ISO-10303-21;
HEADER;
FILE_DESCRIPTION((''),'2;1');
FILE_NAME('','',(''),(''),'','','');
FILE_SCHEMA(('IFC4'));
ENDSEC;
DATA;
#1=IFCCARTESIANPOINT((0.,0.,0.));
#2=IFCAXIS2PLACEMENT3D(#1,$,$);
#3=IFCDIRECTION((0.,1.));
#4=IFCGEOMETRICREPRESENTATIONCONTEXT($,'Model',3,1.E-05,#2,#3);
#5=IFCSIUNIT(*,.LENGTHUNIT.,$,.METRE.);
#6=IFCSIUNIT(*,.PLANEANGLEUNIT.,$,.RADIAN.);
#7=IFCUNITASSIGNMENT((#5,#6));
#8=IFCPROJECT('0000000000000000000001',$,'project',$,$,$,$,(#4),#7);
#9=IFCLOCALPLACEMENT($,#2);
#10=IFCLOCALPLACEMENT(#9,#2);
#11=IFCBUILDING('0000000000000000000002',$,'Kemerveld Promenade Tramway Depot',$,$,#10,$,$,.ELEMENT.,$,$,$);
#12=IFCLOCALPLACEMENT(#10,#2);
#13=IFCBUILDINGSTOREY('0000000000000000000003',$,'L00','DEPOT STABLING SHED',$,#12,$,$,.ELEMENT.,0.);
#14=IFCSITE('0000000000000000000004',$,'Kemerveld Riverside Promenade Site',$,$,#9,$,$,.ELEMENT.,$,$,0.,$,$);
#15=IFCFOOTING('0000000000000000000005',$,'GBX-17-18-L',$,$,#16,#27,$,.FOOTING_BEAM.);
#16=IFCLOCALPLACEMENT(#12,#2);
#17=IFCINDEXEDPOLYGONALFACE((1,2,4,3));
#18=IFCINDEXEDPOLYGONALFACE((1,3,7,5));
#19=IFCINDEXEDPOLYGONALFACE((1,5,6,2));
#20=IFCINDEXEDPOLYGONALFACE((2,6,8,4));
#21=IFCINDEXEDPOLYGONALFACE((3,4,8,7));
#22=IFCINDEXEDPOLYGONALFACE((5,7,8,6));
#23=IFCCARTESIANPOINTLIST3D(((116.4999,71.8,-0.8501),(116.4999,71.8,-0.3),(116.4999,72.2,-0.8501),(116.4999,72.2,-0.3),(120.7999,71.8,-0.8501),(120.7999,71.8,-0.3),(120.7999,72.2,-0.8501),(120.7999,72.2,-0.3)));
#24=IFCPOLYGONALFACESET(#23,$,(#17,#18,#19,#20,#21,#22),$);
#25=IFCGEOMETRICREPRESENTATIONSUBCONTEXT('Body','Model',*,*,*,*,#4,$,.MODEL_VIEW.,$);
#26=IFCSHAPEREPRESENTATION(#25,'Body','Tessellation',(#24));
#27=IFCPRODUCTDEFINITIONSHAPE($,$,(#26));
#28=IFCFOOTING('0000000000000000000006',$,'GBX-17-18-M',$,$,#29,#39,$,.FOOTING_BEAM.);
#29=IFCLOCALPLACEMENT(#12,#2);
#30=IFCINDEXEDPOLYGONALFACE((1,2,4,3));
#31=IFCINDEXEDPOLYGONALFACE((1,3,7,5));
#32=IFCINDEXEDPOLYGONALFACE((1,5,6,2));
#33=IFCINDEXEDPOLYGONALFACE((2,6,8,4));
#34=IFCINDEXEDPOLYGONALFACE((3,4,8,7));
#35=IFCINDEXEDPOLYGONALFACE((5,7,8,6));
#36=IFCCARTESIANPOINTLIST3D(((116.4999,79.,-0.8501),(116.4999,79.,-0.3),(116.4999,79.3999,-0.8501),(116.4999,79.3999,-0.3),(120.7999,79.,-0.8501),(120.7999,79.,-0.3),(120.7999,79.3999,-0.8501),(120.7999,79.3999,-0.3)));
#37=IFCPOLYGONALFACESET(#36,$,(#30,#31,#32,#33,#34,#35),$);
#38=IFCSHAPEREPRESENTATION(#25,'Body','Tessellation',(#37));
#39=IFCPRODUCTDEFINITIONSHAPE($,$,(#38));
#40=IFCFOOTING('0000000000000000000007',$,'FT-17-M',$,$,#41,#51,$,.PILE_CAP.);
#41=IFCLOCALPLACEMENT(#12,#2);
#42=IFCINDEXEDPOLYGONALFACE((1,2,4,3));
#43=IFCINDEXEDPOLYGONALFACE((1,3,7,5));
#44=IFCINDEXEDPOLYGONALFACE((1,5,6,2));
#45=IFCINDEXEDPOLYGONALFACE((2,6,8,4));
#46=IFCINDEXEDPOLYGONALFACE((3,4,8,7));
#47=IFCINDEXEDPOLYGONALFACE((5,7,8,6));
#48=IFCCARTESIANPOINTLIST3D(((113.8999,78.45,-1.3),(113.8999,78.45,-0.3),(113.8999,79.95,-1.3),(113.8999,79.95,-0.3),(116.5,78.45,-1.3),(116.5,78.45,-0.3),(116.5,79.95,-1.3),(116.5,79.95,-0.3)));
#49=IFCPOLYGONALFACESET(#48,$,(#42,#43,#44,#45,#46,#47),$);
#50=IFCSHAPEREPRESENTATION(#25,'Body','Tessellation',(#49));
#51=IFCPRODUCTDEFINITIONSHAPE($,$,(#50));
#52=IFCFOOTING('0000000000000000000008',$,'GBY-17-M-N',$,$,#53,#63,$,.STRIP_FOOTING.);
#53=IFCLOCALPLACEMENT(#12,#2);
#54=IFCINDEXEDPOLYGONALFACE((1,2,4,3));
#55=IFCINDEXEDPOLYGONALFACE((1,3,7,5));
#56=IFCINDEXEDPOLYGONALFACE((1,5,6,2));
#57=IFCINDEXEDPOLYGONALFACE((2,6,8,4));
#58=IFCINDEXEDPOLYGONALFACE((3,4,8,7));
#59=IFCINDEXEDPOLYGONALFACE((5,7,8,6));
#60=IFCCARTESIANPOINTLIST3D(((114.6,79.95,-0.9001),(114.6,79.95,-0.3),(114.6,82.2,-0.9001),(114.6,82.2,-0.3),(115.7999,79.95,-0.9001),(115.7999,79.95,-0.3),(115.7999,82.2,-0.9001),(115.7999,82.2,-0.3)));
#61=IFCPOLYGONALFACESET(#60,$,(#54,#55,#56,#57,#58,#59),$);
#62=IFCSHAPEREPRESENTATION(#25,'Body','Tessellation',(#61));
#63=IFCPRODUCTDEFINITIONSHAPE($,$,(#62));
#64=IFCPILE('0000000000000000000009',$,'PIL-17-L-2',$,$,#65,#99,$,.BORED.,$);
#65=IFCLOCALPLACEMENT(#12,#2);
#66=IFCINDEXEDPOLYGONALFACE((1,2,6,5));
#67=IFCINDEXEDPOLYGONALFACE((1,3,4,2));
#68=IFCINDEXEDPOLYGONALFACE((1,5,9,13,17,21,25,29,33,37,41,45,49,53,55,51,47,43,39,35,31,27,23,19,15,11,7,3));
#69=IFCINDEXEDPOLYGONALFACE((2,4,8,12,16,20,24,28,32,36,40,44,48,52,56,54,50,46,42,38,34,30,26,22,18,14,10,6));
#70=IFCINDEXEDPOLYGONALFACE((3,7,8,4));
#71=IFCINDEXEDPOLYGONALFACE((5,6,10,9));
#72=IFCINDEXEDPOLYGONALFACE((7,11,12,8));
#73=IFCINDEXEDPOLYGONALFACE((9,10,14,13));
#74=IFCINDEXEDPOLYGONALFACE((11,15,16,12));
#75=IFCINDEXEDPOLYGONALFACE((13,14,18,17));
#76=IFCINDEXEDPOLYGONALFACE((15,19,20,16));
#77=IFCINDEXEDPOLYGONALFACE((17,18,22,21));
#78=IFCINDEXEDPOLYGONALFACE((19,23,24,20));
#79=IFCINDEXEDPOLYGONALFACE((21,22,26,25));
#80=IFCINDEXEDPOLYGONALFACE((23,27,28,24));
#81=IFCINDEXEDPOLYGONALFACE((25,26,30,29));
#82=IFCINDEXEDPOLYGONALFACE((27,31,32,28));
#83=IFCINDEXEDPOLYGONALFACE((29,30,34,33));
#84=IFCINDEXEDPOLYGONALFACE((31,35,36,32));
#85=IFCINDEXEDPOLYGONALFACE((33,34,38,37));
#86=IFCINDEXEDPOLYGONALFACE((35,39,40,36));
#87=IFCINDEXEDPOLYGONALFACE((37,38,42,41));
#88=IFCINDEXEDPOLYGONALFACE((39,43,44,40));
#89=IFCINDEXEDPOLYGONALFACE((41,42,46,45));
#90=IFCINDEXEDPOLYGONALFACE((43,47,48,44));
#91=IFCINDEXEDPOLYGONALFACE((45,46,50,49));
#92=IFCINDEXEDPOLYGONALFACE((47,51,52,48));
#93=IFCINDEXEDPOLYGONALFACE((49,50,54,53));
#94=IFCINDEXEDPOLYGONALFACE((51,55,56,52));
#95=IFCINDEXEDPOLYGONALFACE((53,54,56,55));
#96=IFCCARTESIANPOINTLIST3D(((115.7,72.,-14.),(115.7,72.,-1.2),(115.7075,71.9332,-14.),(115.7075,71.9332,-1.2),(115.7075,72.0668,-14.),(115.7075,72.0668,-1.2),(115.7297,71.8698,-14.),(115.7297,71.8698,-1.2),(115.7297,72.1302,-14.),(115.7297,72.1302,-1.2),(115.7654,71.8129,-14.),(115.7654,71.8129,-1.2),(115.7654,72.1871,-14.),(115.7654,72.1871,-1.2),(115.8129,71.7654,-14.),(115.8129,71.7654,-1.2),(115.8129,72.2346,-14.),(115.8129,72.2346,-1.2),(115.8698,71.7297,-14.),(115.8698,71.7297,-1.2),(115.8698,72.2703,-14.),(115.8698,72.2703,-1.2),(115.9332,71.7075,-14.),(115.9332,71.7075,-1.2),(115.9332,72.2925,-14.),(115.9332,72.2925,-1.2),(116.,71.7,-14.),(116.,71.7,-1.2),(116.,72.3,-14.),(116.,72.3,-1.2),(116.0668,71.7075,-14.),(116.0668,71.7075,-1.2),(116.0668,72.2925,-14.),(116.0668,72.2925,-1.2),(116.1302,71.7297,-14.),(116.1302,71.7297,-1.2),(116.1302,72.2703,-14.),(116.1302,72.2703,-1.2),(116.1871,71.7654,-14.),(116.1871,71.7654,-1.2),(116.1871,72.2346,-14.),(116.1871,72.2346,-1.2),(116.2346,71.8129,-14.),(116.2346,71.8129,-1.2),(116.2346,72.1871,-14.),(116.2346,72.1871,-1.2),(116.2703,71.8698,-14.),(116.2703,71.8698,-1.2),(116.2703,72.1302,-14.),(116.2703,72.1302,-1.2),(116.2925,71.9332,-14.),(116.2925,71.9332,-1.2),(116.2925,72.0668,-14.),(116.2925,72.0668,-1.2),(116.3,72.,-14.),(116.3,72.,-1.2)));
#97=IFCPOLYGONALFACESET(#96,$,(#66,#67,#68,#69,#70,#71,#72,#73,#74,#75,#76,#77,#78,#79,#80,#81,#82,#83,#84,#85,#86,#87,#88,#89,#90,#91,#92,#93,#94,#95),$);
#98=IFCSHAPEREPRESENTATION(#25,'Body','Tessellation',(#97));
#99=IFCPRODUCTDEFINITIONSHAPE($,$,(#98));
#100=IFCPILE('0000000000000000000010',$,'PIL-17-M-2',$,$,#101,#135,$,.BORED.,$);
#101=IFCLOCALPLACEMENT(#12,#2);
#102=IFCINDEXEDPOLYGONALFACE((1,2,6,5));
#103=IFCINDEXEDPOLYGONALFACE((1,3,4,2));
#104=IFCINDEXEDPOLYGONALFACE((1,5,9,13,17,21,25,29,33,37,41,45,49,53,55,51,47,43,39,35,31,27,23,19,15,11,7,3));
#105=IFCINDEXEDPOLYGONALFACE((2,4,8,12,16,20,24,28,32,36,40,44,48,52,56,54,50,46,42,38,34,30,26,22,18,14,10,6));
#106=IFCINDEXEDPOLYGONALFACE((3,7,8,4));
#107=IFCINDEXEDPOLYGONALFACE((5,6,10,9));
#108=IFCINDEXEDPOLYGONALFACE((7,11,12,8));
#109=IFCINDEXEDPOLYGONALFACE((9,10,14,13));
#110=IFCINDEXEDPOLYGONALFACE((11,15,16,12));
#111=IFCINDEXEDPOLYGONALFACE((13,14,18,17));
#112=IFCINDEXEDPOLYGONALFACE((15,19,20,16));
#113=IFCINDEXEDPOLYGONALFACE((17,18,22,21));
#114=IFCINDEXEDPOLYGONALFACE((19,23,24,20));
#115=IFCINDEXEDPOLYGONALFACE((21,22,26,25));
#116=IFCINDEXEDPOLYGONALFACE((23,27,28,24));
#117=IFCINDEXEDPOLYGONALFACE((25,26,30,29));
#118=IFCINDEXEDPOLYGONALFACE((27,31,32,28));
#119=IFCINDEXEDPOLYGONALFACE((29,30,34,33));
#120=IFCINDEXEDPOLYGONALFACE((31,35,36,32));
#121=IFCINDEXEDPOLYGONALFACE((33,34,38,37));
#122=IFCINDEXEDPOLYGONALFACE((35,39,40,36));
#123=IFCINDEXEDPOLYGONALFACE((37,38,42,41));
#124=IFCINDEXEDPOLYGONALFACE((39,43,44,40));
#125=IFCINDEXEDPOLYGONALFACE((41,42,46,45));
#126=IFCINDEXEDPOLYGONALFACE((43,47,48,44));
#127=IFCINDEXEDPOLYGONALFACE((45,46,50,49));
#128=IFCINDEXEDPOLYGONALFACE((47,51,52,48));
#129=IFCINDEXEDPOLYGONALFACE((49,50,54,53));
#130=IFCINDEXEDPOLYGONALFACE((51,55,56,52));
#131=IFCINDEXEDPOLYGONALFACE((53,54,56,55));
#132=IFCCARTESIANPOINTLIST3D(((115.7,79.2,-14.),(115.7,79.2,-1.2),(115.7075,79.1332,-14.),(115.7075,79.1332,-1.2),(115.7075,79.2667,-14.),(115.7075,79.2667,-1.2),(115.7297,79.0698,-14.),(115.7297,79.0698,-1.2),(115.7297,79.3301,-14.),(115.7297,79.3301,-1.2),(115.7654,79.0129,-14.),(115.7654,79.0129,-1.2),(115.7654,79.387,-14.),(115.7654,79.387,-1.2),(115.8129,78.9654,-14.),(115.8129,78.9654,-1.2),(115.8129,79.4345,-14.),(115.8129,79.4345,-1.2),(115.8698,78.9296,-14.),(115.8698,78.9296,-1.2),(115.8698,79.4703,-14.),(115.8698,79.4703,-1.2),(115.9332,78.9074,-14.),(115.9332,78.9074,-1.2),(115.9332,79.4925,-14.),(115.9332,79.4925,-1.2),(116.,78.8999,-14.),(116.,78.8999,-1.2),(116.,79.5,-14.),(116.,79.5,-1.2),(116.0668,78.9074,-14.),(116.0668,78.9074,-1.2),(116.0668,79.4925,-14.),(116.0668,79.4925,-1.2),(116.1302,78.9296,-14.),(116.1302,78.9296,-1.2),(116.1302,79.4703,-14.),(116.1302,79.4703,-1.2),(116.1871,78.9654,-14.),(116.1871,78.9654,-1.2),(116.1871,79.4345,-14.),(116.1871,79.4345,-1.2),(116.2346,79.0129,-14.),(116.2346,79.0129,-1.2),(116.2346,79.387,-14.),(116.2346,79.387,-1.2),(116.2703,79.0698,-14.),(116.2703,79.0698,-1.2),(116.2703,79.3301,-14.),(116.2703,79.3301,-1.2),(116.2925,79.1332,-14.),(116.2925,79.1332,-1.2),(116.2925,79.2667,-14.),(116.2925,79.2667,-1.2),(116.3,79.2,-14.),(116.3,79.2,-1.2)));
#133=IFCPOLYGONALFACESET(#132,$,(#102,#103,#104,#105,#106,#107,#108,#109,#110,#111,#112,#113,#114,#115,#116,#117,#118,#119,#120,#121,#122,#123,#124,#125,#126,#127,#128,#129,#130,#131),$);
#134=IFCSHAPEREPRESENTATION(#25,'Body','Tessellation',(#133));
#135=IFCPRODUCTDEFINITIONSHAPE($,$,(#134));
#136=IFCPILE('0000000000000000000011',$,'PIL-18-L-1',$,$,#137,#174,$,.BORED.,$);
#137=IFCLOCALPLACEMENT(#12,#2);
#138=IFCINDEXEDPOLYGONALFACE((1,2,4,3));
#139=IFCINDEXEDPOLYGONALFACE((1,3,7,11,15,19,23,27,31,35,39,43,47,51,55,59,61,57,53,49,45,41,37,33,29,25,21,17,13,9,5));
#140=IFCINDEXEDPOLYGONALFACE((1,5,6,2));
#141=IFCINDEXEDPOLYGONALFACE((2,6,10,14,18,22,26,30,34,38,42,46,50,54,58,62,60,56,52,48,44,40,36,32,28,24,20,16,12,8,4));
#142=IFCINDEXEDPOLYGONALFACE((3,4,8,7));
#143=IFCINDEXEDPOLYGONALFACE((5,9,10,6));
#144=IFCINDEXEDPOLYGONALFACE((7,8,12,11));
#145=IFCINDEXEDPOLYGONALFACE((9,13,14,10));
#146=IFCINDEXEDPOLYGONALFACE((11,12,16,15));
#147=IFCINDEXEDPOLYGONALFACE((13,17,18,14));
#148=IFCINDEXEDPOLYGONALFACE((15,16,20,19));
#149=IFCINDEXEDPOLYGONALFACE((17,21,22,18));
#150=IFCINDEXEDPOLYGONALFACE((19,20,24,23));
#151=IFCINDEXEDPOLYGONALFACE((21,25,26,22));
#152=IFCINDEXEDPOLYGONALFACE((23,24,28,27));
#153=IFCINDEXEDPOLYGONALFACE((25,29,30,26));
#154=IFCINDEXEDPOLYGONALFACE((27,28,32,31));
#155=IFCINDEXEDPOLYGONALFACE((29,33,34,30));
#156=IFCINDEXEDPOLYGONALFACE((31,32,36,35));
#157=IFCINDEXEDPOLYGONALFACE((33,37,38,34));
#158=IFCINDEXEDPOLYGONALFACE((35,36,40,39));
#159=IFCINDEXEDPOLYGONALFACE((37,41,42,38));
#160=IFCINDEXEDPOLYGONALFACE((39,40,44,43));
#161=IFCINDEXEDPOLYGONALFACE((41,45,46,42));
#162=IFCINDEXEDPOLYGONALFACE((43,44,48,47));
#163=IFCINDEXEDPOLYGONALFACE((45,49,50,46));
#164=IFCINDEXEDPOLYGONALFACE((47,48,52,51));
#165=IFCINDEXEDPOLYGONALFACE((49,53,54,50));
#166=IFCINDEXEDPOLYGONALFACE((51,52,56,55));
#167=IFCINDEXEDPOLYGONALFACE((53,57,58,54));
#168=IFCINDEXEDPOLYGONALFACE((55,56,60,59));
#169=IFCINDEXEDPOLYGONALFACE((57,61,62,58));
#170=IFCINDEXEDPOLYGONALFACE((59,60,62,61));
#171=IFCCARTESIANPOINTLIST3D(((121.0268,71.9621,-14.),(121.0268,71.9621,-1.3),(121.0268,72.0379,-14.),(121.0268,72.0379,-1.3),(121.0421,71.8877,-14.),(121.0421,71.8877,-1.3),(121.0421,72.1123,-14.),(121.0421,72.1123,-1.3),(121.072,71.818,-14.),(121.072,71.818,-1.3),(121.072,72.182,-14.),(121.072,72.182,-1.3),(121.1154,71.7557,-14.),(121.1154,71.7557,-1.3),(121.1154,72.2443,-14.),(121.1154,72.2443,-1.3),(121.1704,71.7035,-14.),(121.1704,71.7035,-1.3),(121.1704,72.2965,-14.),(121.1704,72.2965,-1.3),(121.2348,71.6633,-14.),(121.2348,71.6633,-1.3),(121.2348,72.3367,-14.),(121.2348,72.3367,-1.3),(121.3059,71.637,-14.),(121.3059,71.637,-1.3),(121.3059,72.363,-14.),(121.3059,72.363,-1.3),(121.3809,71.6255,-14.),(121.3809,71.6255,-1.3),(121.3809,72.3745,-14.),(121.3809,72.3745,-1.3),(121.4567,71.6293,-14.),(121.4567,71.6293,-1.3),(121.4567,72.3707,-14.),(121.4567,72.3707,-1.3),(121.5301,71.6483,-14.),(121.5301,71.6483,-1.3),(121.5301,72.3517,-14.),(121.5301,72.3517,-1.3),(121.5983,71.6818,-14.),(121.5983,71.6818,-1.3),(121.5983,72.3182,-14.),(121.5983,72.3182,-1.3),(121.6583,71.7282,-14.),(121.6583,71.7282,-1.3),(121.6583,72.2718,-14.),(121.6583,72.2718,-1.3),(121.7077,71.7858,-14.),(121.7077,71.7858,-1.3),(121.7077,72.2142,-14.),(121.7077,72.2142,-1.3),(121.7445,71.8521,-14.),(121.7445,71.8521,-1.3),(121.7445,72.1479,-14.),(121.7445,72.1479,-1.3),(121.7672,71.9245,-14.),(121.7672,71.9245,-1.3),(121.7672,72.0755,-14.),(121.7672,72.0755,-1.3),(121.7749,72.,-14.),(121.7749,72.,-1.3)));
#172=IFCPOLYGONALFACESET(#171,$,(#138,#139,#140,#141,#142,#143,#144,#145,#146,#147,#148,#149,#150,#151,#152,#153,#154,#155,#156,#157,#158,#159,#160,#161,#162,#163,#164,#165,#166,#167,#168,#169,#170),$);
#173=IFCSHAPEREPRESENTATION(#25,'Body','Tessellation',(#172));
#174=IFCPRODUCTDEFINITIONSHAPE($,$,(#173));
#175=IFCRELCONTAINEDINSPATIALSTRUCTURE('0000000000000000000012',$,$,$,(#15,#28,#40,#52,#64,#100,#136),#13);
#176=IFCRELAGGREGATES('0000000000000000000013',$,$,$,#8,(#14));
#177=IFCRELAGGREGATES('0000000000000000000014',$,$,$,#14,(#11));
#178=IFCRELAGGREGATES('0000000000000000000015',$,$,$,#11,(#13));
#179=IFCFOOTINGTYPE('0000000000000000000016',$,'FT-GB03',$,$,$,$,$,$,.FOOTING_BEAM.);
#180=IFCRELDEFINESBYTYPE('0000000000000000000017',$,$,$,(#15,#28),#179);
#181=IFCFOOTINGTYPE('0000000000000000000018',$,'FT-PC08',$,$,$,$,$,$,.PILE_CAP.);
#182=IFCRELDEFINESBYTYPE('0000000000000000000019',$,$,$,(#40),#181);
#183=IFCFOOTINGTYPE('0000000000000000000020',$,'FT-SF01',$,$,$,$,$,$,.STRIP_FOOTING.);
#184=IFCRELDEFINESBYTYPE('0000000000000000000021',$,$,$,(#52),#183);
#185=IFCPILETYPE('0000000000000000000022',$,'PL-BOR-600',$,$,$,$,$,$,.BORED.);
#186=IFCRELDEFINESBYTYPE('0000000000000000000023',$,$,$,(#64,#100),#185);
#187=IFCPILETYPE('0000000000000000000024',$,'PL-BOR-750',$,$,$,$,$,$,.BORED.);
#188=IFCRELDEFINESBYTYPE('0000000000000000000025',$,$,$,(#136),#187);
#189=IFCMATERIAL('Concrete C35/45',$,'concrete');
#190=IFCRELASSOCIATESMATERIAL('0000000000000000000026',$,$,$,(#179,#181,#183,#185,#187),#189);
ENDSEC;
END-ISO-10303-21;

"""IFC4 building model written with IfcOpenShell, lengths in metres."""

from ifc_helpers import new_model, si_unit, direction, frame, origin, origin_2d, place, context, subcontext, project, spatial, rectangle, circle, extrude, material, material_profile, profile_set, type_object, element, save


model = new_model("IFC4")

# Units and contexts
model_context = context("Model", 3, precision=1e-05, world=origin(), true_north=direction((0.0, 1.0)))
body_context = subcontext(model_context, "Body", "Model", "MODEL_VIEW")
ifc_project = project(units=[si_unit("LENGTHUNIT", "METRE"), si_unit("PLANEANGLEUNIT", "RADIAN")], contexts=[model_context])

# Site, building, storey
site_placement = place(None, origin())
site = spatial("IfcSite", under=ifc_project, at=site_placement, Name="Kemerveld Riverside Promenade Site", CompositionType="ELEMENT", RefElevation=0.0)
building_placement = place(site_placement, origin())
building = spatial("IfcBuilding", under=site, at=building_placement, Name="Kemerveld Promenade Tramway Depot", CompositionType="ELEMENT")
storey_placement = place(building_placement, origin())
storey = spatial("IfcBuildingStorey", under=building, at=storey_placement, Name="L00", Description="DEPOT STABLING SHED", CompositionType="ELEMENT", Elevation=0.0)

# Footings
ifc_material_1 = material(Name="Concrete C35/45", Category="concrete")
footing_type_1 = type_object("IfcFootingType", Name="FT-GB03", PredefinedType="FOOTING_BEAM", material=ifc_material_1)
for number, where, z_axis, x_axis, name in (
    (1, (118.6499, 72.0, -0.8501), (0.0, 0.0, 1.0), (1.0, 0.0, 0.0), "GBX-17-18-L"),
    (2, (118.6499, 79.2, -0.8501), (0.0, 0.0, 1.0), (1.0, 0.0, 0.0), "GBX-17-18-M"),
):
    element("IfcFooting", number, at=place(storey_placement, frame(where, z_axis=z_axis, x_axis=x_axis)), inside=storey, type_object=footing_type_1, Name=name, PredefinedType="FOOTING_BEAM", context=body_context, shape_type="SweptSolid", body=[
        extrude(rectangle(XDim=4.3, YDim=0.3999, at=origin_2d()), origin(), (0.0, 0.0, 1.0), 0.55),
    ])
footing_type_2 = type_object("IfcFootingType", Name="FT-PC08", PredefinedType="PILE_CAP", material=ifc_material_1)
footing_1_placement = place(storey_placement, frame((115.2, 79.2, -1.3), z_axis=(0.0, 0.0, 1.0), x_axis=(1.0, 0.0, 0.0)))
element("IfcFooting", 3, at=footing_1_placement, inside=storey, type_object=footing_type_2, Name="FT-17-M", PredefinedType="PILE_CAP", context=body_context, shape_type="SweptSolid", body=[
    extrude(rectangle(XDim=2.6001, YDim=1.5, at=origin_2d()), origin(), (0.0, 0.0, 1.0), 1.0),
])
footing_type_3 = type_object("IfcFootingType", Name="FT-SF01", PredefinedType="STRIP_FOOTING", material=ifc_material_1)
footing_2_placement = place(storey_placement, frame((115.2, 81.075, -0.9001), z_axis=(0.0, 0.0, 1.0), x_axis=(0.0, 1.0, 0.0)))
element("IfcFooting", 4, at=footing_2_placement, inside=storey, type_object=footing_type_3, Name="GBY-17-M-N", PredefinedType="STRIP_FOOTING", context=body_context, shape_type="SweptSolid", body=[
    extrude(rectangle(XDim=2.25, YDim=1.2, at=origin_2d()), origin(), (0.0, 0.0, 1.0), 0.6001),
])

# Piles
ifc_material_profile_1 = material_profile(ifc_material_1, circle(Radius=0.3, at=origin_2d()), Name="PILE-D600")
ifc_profile_set_1 = profile_set([ifc_material_profile_1], Name="Concrete C35/45")
pile_type_1 = type_object("IfcPileType", Name="PL-BOR-600", PredefinedType="BORED", material=ifc_profile_set_1)
for number, where, z_axis, x_axis, name in (
    (5, (116.0, 72.0, -1.2), (0.0, 0.0, -1.0), (1.0, 0.0, 0.0), "PIL-17-L-2"),
    (6, (116.0, 79.2, -1.2), (0.0, 0.0, -1.0), (1.0, 0.0, 0.0), "PIL-17-M-2"),
):
    element("IfcPile", number, at=place(storey_placement, frame(where, z_axis=z_axis, x_axis=x_axis)), inside=storey, type_object=pile_type_1, Name=name, PredefinedType="BORED", context=body_context, shape_type="SweptSolid", body=[
        extrude(circle(Radius=0.3, at=origin_2d()), origin(), (0.0, 0.0, 1.0), 12.8),
    ])
ifc_material_profile_2 = material_profile(ifc_material_1, circle(Radius=0.375, at=origin_2d()), Name="PILE-D750")
ifc_profile_set_2 = profile_set([ifc_material_profile_2], Name="Concrete C35/45")
pile_type_2 = type_object("IfcPileType", Name="PL-BOR-750", PredefinedType="BORED", material=ifc_profile_set_2)
for number, where, z_axis, x_axis, name in (
    (7, (121.3999, 72.0, -1.3), (0.0, 0.0, -1.0), (1.0, 0.0, 0.0), "PIL-18-L-1"),
):
    element("IfcPile", number, at=place(storey_placement, frame(where, z_axis=z_axis, x_axis=x_axis)), inside=storey, type_object=pile_type_2, Name=name, PredefinedType="BORED", context=body_context, shape_type="SweptSolid", body=[
        extrude(circle(Radius=0.375, at=origin_2d()), origin(), (0.0, 0.0, 1.0), 12.7),
    ])

save(model, "model.ifc")
